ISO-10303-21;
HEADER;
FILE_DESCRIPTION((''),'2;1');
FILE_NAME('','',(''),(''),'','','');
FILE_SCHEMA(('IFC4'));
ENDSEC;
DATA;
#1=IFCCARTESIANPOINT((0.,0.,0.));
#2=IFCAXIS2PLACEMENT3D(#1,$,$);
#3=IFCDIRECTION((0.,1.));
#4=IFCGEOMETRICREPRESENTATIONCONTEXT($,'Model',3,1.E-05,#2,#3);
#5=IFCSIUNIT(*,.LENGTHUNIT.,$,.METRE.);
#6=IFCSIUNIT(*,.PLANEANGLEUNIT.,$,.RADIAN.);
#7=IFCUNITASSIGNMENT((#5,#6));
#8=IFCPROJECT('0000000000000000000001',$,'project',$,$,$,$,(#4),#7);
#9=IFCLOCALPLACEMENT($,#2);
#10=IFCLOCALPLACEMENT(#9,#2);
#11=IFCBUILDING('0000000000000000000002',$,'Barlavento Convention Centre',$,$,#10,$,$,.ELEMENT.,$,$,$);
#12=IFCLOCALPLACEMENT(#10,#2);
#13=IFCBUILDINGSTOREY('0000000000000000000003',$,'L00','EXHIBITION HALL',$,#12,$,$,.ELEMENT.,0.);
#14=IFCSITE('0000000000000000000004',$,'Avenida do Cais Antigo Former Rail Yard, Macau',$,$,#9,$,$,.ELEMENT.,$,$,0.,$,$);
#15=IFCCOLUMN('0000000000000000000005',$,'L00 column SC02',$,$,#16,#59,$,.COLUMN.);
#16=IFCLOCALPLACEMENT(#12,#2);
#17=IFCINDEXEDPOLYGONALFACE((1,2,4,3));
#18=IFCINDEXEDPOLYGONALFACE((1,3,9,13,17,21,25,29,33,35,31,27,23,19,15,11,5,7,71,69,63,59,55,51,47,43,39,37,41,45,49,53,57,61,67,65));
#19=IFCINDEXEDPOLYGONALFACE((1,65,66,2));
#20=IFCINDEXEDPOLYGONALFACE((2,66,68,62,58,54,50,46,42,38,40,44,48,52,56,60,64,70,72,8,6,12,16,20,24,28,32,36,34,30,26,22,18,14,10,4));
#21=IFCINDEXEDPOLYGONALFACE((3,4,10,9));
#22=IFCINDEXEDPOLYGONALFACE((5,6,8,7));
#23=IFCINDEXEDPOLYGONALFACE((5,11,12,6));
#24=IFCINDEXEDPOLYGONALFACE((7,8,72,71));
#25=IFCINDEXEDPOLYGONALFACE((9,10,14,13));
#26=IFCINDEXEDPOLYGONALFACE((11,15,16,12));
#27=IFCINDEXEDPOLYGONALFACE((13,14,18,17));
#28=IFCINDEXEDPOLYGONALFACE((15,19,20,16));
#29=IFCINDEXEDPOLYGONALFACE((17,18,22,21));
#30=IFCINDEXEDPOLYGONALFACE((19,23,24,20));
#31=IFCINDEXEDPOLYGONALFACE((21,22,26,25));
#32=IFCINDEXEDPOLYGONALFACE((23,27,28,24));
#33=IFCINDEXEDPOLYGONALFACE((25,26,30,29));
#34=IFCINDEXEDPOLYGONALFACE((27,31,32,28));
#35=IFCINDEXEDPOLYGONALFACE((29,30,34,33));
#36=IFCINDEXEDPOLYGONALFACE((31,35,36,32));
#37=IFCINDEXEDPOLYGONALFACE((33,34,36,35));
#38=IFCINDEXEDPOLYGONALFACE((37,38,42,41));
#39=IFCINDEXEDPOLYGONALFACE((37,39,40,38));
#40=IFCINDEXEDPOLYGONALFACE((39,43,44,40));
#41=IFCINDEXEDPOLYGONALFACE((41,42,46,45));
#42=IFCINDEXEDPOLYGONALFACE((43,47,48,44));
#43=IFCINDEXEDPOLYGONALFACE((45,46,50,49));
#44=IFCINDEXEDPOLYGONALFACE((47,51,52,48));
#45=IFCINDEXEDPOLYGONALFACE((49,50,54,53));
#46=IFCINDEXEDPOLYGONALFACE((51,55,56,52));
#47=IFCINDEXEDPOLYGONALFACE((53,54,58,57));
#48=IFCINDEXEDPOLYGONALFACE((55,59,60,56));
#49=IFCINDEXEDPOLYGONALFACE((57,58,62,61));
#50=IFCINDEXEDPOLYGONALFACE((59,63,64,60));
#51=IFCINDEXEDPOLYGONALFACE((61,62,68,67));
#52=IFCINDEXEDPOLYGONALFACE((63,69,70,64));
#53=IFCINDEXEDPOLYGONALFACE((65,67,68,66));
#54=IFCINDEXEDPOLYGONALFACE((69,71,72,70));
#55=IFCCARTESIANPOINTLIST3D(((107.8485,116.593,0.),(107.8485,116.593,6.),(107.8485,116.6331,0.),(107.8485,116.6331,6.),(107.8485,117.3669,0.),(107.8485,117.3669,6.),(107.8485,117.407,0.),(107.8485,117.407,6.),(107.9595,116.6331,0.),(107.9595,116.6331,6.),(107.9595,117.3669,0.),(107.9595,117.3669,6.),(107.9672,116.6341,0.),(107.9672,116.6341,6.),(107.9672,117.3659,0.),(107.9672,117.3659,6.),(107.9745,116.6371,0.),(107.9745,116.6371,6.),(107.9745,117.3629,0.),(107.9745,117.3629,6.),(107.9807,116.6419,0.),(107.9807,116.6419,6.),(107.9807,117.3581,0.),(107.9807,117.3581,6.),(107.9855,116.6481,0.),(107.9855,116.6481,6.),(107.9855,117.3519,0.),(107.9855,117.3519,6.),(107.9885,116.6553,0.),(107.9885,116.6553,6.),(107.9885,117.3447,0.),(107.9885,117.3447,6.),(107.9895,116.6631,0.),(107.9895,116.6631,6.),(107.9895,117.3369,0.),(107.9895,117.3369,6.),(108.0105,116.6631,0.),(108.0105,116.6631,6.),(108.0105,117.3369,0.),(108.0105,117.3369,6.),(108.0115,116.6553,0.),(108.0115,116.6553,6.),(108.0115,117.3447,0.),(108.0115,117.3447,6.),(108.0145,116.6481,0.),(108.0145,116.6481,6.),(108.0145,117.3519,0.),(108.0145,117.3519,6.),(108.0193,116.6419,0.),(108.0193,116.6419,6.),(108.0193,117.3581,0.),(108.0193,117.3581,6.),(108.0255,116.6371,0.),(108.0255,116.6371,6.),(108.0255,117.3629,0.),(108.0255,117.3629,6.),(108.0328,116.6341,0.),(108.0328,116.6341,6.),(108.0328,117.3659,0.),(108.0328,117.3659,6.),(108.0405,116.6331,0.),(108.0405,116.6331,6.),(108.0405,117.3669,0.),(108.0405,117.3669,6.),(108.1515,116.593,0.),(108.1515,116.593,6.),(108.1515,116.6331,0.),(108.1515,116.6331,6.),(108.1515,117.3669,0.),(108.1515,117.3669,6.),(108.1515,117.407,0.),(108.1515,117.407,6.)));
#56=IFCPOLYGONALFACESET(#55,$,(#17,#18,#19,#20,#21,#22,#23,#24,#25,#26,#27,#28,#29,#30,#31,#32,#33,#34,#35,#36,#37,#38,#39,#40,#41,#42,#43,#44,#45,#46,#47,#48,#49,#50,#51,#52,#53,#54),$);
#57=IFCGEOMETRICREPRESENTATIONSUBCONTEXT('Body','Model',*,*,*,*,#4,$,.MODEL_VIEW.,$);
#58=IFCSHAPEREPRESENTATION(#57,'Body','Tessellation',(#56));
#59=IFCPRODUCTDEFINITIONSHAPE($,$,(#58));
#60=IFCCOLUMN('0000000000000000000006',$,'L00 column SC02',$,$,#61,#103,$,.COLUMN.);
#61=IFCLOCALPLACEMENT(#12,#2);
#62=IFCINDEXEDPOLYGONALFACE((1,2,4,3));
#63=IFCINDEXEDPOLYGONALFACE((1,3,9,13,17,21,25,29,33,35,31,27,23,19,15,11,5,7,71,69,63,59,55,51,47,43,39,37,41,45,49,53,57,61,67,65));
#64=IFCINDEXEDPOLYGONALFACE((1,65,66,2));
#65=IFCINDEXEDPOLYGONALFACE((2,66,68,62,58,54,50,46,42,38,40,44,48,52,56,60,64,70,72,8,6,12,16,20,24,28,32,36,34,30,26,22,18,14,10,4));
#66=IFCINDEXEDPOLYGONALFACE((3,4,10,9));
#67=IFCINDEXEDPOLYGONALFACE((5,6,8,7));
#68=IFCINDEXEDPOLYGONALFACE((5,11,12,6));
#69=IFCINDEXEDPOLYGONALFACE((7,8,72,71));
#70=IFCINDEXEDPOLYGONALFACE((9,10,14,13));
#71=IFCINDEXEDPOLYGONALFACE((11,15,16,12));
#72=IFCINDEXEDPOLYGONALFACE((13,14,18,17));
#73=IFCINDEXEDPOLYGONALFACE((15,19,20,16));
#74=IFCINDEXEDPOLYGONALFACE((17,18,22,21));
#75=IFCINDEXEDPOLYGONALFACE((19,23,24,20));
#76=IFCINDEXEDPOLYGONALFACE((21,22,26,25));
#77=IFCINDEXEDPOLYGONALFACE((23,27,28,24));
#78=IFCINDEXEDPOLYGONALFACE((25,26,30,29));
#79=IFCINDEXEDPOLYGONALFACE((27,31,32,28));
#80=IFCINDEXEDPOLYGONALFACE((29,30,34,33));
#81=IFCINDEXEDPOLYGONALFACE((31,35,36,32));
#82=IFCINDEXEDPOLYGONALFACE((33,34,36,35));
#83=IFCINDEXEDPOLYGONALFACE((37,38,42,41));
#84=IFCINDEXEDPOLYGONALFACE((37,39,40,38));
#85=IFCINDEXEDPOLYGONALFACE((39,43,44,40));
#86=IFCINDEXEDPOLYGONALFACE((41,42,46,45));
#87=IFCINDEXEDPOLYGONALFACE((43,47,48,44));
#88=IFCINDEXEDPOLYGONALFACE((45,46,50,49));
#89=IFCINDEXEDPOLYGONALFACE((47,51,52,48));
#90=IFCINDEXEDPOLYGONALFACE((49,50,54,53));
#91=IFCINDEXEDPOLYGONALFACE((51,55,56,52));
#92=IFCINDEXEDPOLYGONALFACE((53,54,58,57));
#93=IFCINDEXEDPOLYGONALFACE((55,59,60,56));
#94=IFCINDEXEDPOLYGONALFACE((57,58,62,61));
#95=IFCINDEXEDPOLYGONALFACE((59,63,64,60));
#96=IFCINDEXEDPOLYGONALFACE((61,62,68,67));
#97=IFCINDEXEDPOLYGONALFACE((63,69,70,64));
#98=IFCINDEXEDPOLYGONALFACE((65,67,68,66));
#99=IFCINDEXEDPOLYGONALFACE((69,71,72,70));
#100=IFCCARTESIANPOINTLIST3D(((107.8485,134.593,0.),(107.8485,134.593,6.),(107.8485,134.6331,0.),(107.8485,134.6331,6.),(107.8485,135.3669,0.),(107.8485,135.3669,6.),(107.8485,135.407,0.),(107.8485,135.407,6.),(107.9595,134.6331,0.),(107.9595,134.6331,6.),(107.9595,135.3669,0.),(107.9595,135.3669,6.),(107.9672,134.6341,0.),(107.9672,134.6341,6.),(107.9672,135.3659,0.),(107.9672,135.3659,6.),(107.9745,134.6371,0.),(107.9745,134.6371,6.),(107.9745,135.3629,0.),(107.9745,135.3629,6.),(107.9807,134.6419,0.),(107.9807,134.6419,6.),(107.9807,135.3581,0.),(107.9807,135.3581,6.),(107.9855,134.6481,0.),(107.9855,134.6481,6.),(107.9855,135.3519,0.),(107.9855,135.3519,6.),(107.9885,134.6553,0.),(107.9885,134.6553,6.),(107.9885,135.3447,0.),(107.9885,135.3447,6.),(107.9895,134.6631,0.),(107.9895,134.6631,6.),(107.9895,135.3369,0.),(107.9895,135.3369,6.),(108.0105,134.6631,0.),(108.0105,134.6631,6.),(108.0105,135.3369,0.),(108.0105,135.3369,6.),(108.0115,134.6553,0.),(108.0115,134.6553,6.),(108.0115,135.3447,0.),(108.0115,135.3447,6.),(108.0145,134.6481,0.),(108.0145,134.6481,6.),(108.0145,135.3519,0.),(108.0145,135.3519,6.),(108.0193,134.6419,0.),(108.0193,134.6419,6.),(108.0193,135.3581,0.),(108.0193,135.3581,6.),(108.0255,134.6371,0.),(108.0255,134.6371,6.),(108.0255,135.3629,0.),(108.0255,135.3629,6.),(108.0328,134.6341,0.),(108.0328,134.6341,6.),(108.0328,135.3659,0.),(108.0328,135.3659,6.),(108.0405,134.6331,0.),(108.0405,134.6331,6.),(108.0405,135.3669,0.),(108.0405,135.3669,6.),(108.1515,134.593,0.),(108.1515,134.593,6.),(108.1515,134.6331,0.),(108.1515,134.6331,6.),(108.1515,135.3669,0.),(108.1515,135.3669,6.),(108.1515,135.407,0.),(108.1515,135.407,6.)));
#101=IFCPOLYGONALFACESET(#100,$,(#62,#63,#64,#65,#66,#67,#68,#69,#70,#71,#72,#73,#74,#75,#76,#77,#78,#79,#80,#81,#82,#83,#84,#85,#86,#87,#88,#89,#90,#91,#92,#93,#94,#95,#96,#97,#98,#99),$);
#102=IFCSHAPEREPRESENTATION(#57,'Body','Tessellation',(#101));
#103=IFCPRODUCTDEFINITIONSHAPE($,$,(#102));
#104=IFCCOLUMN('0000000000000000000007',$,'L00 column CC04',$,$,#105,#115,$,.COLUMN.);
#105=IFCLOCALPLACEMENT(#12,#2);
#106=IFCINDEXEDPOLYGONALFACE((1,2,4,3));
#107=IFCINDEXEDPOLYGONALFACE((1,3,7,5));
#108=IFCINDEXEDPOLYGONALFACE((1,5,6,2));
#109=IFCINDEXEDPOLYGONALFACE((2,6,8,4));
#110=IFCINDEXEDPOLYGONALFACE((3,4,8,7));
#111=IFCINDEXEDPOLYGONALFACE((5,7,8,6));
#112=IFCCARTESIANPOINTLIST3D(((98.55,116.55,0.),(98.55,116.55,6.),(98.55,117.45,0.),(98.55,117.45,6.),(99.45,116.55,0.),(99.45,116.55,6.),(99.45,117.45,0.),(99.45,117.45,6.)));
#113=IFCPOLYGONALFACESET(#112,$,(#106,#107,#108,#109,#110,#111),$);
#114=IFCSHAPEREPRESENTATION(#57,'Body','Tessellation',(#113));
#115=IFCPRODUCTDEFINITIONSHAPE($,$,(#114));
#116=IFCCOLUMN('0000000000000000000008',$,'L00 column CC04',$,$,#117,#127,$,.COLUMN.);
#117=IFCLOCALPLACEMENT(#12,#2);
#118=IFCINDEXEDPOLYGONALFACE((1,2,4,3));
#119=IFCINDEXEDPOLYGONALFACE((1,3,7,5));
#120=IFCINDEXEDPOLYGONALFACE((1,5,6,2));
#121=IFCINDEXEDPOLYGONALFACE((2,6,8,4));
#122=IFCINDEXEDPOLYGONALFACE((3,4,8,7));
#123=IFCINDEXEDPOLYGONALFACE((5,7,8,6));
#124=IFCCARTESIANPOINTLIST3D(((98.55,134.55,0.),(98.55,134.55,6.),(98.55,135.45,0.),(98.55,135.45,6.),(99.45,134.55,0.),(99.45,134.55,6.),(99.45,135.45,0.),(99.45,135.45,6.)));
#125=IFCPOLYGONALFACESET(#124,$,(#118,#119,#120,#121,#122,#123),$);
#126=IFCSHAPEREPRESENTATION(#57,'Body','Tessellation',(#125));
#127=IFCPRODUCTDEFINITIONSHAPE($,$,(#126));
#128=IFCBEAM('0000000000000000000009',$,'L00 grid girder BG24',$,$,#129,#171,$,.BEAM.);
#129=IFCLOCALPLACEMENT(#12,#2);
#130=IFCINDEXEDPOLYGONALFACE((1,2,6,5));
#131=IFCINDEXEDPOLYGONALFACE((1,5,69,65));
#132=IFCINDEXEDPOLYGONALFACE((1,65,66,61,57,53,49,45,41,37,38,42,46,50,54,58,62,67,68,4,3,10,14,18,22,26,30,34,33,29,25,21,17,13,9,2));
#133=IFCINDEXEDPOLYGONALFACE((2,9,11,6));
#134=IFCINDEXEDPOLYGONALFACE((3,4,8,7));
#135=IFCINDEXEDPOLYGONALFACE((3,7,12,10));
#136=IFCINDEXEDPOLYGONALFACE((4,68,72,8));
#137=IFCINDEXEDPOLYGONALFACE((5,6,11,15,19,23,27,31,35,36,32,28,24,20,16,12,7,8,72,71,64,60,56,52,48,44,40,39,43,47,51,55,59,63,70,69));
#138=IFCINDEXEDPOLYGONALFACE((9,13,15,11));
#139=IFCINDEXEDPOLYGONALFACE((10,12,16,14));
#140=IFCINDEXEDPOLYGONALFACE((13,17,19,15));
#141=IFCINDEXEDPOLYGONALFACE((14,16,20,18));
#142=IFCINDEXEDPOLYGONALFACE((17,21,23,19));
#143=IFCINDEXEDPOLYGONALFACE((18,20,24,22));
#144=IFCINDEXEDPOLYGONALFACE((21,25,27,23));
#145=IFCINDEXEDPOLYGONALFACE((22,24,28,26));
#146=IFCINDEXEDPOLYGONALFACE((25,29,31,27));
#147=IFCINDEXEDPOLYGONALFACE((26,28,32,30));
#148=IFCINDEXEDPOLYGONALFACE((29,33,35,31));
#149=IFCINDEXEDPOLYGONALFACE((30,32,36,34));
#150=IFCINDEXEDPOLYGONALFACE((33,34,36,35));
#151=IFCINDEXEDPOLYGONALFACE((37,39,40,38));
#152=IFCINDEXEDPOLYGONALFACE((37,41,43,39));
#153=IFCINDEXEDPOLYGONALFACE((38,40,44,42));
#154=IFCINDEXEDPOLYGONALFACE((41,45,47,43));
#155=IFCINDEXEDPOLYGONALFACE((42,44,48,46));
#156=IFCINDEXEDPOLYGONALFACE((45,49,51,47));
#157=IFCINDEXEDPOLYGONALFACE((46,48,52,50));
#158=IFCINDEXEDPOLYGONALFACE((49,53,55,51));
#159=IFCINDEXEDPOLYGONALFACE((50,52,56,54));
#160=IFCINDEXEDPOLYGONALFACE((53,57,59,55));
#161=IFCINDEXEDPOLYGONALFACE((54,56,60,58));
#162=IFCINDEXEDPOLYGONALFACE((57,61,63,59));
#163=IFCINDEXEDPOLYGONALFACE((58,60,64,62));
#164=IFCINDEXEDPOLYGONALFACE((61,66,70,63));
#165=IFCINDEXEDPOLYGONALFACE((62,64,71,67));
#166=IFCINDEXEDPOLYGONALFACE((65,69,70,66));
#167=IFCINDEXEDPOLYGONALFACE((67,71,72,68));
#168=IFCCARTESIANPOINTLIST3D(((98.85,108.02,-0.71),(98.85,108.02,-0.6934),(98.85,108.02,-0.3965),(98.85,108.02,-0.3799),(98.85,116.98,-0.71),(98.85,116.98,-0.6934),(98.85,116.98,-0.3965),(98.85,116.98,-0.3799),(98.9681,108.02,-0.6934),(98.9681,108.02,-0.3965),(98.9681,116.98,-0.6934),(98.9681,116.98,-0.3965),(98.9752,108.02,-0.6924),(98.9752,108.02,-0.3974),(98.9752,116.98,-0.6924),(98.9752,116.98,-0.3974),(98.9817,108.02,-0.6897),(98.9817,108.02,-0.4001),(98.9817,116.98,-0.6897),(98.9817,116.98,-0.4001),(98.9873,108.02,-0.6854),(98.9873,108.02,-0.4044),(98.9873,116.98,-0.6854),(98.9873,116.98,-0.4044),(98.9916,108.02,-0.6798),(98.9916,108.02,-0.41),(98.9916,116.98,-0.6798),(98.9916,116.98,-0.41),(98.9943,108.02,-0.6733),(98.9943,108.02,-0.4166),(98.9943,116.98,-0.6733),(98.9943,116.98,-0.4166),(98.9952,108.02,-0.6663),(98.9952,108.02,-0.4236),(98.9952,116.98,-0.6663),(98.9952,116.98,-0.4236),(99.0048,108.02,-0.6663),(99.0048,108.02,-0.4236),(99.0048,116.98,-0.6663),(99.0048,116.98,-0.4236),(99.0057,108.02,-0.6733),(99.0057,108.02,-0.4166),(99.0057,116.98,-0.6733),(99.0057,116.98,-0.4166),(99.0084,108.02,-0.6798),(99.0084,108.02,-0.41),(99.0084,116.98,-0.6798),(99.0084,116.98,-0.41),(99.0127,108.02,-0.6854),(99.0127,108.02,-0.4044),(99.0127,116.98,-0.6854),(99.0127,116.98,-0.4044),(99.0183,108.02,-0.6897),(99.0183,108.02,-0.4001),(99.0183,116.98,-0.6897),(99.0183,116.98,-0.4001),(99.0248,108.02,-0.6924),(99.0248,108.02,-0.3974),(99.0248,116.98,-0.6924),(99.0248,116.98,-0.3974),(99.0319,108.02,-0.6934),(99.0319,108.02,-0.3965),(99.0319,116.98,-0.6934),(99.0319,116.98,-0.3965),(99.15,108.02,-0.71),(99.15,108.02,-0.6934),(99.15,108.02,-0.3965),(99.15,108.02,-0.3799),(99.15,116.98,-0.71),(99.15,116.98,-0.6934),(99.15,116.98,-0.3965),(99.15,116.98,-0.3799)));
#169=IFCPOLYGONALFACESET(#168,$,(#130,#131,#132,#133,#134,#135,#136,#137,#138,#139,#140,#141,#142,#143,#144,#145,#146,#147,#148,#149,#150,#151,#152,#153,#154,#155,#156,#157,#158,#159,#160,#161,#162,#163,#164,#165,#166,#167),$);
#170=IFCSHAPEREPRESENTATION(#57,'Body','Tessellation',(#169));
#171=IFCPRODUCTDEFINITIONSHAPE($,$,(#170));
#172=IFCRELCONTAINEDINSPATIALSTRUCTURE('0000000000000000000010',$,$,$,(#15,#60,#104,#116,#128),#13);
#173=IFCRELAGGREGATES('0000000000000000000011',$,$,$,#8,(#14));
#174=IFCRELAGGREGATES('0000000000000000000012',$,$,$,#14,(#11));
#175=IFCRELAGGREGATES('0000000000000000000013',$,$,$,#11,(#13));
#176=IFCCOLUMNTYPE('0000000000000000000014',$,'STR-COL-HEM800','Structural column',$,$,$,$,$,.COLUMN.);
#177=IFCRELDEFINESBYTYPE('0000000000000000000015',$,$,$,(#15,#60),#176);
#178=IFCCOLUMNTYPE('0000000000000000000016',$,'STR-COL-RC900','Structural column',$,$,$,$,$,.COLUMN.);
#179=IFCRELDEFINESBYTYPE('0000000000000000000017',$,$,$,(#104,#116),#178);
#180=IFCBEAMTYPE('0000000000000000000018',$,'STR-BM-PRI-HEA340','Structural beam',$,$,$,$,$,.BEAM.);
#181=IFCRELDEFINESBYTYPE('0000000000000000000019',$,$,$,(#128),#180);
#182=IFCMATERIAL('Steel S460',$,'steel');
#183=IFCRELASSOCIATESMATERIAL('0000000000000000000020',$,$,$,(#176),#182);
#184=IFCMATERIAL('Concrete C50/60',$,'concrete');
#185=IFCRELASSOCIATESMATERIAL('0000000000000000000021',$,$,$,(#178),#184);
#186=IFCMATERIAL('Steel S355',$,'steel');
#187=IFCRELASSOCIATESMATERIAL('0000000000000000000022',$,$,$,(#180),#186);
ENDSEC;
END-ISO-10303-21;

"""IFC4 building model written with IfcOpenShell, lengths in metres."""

from ifc_helpers import new_model, si_unit, direction, frame, origin, origin_2d, place, context, subcontext, project, spatial, rectangle, i_section, extrude, material, material_profile, profile_set, type_object, element, save


model = new_model("IFC4")

# Units and contexts
model_context = context("Model", 3, precision=1e-05, world=origin(), true_north=direction((0.0, 1.0)))
body_context = subcontext(model_context, "Body", "Model", "MODEL_VIEW")
ifc_project = project(units=[si_unit("LENGTHUNIT", "METRE"), si_unit("PLANEANGLEUNIT", "RADIAN")], contexts=[model_context])

# Site, building, storey
site_placement = place(None, origin())
site = spatial("IfcSite", under=ifc_project, at=site_placement, Name="Avenida do Cais Antigo Former Rail Yard, Macau", CompositionType="ELEMENT", RefElevation=0.0)
building_placement = place(site_placement, origin())
building = spatial("IfcBuilding", under=site, at=building_placement, Name="Barlavento Convention Centre", CompositionType="ELEMENT")
storey_placement = place(building_placement, origin())
storey = spatial("IfcBuildingStorey", under=building, at=storey_placement, Name="L00", Description="EXHIBITION HALL", CompositionType="ELEMENT", Elevation=0.0)

# Columns
ifc_material_1 = material(Name="Steel S460", Category="steel")
ifc_material_profile_1 = material_profile(ifc_material_1, i_section(OverallWidth=0.303, OverallDepth=0.814, WebThickness=0.021, FlangeThickness=0.04, FilletRadius=0.03, at=origin_2d()), Name="HEM 800")
ifc_profile_set_1 = profile_set([ifc_material_profile_1], Name="Steel S460")
column_type_1 = type_object("IfcColumnType", Name="STR-COL-HEM800", Description="Structural column", PredefinedType="COLUMN", material=ifc_profile_set_1)
for number, where, z_axis, x_axis, name in (
    (1, (108.0, 117.0, 0.0), (0.0, 0.0, 1.0), (1.0, 0.0, 0.0), "L00 column SC02"),
    (2, (108.0, 135.0, 0.0), (0.0, 0.0, 1.0), (1.0, 0.0, 0.0), "L00 column SC02"),
):
    element("IfcColumn", number, at=place(storey_placement, frame(where, z_axis=z_axis, x_axis=x_axis)), inside=storey, type_object=column_type_1, Name=name, PredefinedType="COLUMN", context=body_context, shape_type="SweptSolid", body=[
        extrude(i_section(OverallWidth=0.303, OverallDepth=0.814, WebThickness=0.021, FlangeThickness=0.04, FilletRadius=0.03, at=origin_2d()), origin(), (0.0, 0.0, 1.0), 6.0),
    ])
ifc_material_2 = material(Name="Concrete C50/60", Category="concrete")
ifc_material_profile_2 = material_profile(ifc_material_2, rectangle(XDim=0.8999, YDim=0.8999, at=origin_2d()), Name="RC 900x900")
ifc_profile_set_2 = profile_set([ifc_material_profile_2], Name="Concrete C50/60")
column_type_2 = type_object("IfcColumnType", Name="STR-COL-RC900", Description="Structural column", PredefinedType="COLUMN", material=ifc_profile_set_2)
for number, where, z_axis, x_axis, name in (
    (3, (99.0, 117.0, 0.0), (0.0, 0.0, 1.0), (1.0, 0.0, 0.0), "L00 column CC04"),
    (4, (99.0, 135.0, 0.0), (0.0, 0.0, 1.0), (1.0, 0.0, 0.0), "L00 column CC04"),
):
    element("IfcColumn", number, at=place(storey_placement, frame(where, z_axis=z_axis, x_axis=x_axis)), inside=storey, type_object=column_type_2, Name=name, PredefinedType="COLUMN", context=body_context, shape_type="SweptSolid", body=[
        extrude(rectangle(XDim=0.8999, YDim=0.8999, at=origin_2d()), origin(), (0.0, 0.0, 1.0), 6.0),
    ])

# Beam
ifc_material_3 = material(Name="Steel S355", Category="steel")
ifc_material_profile_3 = material_profile(ifc_material_3, i_section(OverallWidth=0.3, OverallDepth=0.3301, WebThickness=0.0095, FlangeThickness=0.0166, FilletRadius=0.0271, at=origin_2d()), Name="HEA 340")
ifc_profile_set_3 = profile_set([ifc_material_profile_3], Name="Steel S355")
beam_type_1 = type_object("IfcBeamType", Name="STR-BM-PRI-HEA340", Description="Structural beam", PredefinedType="BEAM", material=ifc_profile_set_3)
beam_1_placement = place(storey_placement, frame((99.0, 108.02, -0.5449), z_axis=(0.0, 1.0, 0.0), x_axis=(-1.0, 0.0, 0.0)))
element("IfcBeam", 5, at=beam_1_placement, inside=storey, type_object=beam_type_1, Name="L00 grid girder BG24", PredefinedType="BEAM", context=body_context, shape_type="SweptSolid", body=[
    extrude(i_section(OverallWidth=0.3, OverallDepth=0.3301, WebThickness=0.0095, FlangeThickness=0.0166, FilletRadius=0.0271, at=origin_2d()), origin(), (0.0, 0.0, 1.0), 8.96),
])

save(model, "model.ifc")
